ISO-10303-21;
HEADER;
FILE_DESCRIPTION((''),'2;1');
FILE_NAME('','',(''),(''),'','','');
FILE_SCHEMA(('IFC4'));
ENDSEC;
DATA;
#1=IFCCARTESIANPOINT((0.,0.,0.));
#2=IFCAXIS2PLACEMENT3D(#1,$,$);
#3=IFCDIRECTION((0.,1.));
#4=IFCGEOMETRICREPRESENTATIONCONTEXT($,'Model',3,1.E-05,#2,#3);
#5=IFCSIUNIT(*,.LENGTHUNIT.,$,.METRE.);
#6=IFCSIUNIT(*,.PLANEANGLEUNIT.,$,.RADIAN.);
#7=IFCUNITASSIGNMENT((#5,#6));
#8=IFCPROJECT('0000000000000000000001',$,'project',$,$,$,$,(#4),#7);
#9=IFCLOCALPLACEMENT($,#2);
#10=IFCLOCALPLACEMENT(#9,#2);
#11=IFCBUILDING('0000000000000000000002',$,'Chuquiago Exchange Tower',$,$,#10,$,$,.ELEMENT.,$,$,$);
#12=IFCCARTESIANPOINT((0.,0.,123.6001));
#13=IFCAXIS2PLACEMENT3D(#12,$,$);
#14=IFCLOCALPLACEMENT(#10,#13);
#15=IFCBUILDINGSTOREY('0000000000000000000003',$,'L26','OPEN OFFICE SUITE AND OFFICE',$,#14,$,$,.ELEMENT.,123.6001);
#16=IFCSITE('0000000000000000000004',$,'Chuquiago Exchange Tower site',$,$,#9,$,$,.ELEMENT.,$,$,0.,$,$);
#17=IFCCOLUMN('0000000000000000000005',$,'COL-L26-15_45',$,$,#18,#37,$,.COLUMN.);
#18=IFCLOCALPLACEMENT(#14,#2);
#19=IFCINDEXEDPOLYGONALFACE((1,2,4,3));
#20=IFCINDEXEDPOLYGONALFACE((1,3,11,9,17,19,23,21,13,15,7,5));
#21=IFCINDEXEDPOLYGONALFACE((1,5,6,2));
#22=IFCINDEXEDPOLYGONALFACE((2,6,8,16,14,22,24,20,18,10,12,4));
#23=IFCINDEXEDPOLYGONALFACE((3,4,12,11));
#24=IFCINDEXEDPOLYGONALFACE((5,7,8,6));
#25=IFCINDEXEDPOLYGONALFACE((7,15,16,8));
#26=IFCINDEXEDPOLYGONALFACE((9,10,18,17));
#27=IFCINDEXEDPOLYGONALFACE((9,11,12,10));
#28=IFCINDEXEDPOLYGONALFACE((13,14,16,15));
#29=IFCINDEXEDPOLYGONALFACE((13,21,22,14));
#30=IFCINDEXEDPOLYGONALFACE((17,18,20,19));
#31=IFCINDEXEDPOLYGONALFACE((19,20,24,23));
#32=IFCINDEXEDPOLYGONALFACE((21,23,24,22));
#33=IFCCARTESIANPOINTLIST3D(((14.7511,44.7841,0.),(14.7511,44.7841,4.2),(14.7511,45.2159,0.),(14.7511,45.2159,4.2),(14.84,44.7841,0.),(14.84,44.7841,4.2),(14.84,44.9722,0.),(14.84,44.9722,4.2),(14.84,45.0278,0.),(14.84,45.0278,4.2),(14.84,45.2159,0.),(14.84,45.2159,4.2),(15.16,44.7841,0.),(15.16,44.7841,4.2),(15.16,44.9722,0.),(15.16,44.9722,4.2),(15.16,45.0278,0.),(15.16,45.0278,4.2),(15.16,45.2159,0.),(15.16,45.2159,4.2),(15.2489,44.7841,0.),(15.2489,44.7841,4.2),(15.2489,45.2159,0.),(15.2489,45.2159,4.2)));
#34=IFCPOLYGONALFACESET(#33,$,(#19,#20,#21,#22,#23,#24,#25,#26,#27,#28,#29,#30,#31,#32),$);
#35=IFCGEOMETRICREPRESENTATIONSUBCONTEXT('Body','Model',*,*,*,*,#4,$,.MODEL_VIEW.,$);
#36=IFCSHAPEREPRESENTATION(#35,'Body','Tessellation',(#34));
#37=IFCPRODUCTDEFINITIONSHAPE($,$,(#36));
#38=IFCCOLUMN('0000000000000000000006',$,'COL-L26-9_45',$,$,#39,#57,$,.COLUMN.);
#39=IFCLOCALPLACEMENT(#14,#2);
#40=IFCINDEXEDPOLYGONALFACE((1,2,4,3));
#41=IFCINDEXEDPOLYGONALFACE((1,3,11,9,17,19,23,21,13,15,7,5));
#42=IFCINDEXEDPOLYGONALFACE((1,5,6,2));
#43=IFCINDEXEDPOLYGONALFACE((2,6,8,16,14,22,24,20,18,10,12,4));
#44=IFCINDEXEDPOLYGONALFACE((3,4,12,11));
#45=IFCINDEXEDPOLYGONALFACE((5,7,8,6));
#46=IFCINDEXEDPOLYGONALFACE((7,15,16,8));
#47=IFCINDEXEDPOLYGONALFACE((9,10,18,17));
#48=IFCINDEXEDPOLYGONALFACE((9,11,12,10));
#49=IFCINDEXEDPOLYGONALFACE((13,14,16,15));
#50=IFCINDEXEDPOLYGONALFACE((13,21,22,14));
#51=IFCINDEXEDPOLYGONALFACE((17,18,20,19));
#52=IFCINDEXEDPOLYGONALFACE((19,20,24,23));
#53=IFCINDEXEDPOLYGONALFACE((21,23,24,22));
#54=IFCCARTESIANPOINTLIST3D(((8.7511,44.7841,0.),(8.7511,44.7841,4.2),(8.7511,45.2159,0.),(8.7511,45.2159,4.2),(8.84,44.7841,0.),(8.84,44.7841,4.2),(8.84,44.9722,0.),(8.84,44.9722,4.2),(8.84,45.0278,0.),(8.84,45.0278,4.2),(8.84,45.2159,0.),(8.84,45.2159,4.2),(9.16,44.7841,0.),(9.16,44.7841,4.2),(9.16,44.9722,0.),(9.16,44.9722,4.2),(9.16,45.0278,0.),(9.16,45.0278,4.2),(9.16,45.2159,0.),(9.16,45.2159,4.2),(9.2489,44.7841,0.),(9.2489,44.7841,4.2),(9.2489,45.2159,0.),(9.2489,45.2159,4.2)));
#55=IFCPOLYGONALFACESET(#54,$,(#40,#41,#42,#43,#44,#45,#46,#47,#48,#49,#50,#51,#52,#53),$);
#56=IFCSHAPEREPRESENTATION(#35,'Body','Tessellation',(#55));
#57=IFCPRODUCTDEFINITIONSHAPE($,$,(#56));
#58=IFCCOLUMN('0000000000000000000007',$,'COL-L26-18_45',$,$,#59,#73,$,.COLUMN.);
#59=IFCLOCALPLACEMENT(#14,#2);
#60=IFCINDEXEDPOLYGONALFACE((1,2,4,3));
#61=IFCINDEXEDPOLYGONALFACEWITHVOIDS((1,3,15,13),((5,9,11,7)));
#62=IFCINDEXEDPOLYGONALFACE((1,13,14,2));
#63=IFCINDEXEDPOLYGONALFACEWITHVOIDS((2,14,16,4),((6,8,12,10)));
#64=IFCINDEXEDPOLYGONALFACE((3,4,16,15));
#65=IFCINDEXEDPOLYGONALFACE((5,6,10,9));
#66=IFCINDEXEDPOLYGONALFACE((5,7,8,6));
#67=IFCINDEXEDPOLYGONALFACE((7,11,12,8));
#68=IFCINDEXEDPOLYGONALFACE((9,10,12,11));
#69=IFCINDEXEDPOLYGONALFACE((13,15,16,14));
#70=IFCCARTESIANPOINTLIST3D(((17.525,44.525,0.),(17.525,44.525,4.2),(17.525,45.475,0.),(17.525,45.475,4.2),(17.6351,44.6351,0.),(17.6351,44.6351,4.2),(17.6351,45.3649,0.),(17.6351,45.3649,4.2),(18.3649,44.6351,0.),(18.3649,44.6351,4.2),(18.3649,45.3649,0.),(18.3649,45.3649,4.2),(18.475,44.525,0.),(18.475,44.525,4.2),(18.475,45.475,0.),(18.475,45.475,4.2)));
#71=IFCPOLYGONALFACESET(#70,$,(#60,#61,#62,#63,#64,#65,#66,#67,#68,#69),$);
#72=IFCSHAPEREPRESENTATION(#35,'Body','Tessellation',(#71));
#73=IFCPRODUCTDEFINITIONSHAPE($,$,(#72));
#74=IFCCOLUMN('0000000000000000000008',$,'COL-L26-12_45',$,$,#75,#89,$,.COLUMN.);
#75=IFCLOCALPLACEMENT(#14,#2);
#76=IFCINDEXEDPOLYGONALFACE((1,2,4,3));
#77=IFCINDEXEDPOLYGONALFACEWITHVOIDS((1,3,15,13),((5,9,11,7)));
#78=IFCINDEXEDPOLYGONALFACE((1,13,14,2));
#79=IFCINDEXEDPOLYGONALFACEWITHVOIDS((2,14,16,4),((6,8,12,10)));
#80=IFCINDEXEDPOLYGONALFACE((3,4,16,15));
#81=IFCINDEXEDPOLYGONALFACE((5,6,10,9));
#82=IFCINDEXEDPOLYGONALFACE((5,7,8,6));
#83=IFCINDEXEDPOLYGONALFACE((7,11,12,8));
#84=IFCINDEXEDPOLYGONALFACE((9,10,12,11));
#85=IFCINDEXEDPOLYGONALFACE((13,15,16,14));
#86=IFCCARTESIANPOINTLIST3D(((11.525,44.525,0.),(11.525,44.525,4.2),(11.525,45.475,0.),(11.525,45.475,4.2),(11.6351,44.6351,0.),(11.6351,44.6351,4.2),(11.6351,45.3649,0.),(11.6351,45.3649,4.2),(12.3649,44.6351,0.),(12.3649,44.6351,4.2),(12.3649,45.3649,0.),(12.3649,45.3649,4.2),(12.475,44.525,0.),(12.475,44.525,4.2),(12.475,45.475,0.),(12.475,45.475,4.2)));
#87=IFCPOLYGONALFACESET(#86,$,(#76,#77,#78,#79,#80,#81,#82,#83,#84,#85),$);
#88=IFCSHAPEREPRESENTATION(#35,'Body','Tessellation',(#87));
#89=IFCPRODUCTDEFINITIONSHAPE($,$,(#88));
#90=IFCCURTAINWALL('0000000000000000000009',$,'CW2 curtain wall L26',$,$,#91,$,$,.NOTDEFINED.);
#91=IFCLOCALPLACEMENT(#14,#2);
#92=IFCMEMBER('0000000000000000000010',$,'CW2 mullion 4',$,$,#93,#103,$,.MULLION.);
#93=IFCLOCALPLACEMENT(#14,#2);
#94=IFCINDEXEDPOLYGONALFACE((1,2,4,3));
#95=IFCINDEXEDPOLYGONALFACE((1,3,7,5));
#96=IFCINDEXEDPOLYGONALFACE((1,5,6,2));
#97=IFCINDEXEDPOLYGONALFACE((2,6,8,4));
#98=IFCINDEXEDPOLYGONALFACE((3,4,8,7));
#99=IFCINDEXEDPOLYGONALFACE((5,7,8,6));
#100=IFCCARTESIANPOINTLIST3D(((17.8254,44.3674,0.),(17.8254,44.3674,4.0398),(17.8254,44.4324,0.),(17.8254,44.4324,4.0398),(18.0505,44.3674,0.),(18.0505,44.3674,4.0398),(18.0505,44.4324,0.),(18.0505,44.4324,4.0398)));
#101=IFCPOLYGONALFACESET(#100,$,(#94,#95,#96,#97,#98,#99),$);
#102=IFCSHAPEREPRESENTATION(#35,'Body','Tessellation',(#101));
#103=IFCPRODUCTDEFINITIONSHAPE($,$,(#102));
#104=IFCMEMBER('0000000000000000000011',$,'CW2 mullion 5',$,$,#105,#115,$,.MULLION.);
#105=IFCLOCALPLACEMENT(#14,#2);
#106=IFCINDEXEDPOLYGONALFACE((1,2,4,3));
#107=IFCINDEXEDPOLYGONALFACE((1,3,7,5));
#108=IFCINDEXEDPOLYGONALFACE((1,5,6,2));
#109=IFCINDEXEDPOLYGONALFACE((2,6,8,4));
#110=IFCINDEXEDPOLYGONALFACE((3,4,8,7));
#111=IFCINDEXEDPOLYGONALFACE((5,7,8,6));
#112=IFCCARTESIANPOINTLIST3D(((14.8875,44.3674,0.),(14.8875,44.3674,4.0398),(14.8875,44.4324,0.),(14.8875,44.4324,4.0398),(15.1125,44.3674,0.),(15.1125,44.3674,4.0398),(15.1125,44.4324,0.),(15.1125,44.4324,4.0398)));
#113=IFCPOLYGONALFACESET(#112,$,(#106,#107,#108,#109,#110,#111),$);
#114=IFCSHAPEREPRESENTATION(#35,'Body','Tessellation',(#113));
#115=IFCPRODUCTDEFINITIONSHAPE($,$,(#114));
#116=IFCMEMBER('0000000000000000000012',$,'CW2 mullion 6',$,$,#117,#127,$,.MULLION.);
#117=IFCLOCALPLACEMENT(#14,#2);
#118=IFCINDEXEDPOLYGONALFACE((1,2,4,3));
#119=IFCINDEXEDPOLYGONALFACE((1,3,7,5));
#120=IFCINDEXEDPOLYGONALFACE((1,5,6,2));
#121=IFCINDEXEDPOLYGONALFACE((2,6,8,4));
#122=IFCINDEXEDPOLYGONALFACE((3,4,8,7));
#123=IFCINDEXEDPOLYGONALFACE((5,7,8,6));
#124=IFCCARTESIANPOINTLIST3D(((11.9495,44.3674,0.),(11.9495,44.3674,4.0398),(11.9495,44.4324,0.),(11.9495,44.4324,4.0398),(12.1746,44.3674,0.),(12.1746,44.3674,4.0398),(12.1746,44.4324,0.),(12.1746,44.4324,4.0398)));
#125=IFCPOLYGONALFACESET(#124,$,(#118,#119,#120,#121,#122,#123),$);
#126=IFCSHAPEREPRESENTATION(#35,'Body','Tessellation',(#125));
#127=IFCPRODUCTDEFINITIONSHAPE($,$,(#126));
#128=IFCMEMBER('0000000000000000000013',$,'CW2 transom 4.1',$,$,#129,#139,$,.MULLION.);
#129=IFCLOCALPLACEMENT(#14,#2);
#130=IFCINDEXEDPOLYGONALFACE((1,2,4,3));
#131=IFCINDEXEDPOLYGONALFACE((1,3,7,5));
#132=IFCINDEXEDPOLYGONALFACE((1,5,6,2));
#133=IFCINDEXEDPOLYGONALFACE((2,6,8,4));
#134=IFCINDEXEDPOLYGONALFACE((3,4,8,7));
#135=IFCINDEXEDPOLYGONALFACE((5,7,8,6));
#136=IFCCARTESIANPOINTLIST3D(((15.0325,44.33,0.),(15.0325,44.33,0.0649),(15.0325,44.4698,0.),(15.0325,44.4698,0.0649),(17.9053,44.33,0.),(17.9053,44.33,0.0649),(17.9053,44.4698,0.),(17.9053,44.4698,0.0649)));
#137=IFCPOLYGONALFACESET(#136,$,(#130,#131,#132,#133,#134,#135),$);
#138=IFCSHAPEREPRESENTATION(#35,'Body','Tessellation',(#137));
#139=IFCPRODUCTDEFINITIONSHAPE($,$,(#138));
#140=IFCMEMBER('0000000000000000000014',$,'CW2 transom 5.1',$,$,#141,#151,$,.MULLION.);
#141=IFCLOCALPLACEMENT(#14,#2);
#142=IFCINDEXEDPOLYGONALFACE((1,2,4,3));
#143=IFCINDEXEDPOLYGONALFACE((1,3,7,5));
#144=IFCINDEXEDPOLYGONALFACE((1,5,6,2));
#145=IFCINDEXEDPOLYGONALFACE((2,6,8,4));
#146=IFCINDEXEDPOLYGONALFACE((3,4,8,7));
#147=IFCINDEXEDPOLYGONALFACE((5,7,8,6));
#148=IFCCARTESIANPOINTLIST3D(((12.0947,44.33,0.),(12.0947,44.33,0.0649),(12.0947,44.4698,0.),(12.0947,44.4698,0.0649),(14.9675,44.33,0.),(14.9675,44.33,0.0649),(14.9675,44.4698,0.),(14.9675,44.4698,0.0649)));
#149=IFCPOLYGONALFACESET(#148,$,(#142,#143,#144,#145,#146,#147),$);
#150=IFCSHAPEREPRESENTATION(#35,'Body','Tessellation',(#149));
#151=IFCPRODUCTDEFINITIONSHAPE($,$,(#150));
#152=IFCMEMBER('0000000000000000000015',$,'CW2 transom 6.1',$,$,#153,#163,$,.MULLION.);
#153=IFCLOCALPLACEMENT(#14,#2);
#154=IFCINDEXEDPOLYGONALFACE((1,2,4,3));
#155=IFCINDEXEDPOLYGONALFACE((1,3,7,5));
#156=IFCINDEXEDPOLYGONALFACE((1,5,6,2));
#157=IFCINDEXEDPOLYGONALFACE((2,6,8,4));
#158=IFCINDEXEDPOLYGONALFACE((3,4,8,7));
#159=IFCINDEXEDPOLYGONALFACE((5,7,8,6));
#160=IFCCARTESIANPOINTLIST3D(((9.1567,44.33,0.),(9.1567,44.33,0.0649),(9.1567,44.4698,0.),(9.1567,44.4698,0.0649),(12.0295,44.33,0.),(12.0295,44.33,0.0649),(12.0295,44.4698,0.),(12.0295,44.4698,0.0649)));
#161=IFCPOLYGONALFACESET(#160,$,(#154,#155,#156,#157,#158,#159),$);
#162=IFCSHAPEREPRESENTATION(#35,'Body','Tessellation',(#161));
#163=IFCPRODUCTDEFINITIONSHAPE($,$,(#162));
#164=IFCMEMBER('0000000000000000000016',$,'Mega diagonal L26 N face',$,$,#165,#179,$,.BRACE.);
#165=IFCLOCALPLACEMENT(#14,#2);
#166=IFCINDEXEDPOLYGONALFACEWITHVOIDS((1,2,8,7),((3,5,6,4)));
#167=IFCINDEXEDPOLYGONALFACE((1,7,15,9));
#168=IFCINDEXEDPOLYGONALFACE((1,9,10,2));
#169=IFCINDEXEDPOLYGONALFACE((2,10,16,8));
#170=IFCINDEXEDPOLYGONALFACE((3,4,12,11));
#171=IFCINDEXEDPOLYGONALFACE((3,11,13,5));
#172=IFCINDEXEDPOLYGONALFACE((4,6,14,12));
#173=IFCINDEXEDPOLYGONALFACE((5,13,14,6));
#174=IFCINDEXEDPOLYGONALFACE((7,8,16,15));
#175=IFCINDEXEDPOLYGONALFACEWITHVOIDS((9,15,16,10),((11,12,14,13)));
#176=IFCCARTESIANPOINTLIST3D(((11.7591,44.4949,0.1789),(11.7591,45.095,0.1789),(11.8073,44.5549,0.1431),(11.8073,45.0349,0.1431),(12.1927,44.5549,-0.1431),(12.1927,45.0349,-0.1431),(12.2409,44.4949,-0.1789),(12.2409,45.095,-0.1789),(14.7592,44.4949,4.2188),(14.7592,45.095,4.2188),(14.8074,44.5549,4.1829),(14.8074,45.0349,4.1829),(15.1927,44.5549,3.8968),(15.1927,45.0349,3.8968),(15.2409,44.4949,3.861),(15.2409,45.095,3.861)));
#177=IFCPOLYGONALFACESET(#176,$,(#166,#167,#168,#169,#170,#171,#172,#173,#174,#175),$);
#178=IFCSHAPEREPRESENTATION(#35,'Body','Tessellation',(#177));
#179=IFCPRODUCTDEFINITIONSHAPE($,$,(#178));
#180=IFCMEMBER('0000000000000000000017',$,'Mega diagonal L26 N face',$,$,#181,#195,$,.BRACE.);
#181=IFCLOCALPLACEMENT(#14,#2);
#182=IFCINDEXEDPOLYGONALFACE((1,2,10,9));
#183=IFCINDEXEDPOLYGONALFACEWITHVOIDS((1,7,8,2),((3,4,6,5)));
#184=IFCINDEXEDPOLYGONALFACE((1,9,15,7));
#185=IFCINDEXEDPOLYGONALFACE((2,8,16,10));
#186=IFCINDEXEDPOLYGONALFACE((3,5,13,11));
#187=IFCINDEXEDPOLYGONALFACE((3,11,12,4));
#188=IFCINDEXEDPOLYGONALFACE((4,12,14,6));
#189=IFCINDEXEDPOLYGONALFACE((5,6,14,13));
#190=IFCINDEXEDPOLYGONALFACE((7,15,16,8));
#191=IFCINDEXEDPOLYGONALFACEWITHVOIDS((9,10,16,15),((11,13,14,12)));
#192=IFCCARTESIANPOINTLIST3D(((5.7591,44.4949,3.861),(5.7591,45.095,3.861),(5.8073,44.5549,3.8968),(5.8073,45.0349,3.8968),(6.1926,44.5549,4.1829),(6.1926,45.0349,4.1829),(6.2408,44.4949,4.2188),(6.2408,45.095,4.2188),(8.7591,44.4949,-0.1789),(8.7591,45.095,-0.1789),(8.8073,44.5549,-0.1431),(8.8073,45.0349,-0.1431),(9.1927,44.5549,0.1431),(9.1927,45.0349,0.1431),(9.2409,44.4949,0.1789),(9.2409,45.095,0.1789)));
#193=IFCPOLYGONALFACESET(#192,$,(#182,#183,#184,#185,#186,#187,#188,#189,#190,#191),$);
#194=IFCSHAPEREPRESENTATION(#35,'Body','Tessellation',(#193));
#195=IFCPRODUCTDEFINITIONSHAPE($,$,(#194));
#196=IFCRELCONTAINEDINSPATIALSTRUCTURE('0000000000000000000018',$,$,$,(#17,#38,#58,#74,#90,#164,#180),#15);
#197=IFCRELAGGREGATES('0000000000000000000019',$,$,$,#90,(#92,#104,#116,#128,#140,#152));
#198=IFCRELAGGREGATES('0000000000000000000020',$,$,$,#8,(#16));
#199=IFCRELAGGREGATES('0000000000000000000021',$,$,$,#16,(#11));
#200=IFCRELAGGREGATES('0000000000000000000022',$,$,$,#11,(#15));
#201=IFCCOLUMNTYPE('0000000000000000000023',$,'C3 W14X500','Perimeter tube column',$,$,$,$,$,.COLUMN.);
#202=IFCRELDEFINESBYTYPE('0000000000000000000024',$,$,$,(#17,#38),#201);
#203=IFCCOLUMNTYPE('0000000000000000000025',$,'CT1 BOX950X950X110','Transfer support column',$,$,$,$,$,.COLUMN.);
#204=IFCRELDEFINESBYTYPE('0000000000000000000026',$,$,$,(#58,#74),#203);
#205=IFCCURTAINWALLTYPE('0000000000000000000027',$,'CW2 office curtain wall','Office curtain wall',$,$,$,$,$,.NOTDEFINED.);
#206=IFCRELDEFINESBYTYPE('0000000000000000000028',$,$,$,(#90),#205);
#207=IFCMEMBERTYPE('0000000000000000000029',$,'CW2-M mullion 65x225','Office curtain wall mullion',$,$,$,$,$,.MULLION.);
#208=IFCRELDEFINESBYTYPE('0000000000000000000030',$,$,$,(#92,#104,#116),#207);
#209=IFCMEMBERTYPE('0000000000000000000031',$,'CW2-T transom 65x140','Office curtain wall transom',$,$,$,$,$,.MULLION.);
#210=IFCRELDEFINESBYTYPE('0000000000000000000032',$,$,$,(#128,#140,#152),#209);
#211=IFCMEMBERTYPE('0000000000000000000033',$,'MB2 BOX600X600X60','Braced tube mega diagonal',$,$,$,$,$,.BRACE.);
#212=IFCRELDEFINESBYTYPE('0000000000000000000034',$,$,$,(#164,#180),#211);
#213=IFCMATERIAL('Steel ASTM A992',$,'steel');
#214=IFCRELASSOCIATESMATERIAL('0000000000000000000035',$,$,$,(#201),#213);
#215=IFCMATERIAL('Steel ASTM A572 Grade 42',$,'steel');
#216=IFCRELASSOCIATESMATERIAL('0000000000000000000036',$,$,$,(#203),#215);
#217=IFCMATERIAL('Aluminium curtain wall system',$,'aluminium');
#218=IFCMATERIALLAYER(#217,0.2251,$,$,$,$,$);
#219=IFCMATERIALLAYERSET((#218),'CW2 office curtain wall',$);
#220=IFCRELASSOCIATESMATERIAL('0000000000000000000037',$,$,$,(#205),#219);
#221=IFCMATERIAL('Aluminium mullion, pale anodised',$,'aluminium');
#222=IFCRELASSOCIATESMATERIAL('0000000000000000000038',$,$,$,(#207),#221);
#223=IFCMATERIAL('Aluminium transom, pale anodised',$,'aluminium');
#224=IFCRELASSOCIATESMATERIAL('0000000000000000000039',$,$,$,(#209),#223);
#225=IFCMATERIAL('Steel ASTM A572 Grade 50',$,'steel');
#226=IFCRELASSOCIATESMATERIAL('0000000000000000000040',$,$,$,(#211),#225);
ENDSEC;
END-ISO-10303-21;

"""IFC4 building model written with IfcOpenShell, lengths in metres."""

from ifc_helpers import new_model, si_unit, direction, frame, origin, origin_2d, place, context, subcontext, project, spatial, rectangle, hollow_rectangle, i_section, extrude, material, layer, layer_set, material_profile, profile_set, type_object, element, aggregate, save


model = new_model("IFC4")

# Units and contexts
model_context = context("Model", 3, precision=1e-05, world=origin(), true_north=direction((0.0, 1.0)))
body_context = subcontext(model_context, "Body", "Model", "MODEL_VIEW")
ifc_project = project(units=[si_unit("LENGTHUNIT", "METRE"), si_unit("PLANEANGLEUNIT", "RADIAN")], contexts=[model_context])

# Site, building, storey
site_placement = place(None, origin())
site = spatial("IfcSite", under=ifc_project, at=site_placement, Name="Chuquiago Exchange Tower site", CompositionType="ELEMENT", RefElevation=0.0)
building_placement = place(site_placement, origin())
building = spatial("IfcBuilding", under=site, at=building_placement, Name="Chuquiago Exchange Tower", CompositionType="ELEMENT")
storey_placement = place(building_placement, frame((0.0, 0.0, 123.6001)))
storey = spatial("IfcBuildingStorey", under=building, at=storey_placement, Name="L26", Description="OPEN OFFICE SUITE AND OFFICE", CompositionType="ELEMENT", Elevation=123.6001)

# Columns
ifc_material_1 = material(Name="Steel ASTM A992", Category="steel")
ifc_material_profile_1 = material_profile(ifc_material_1, i_section(OverallWidth=0.4319, OverallDepth=0.4978, WebThickness=0.0557, FlangeThickness=0.0889, at=origin_2d()), Name="W14X500")
ifc_profile_set_1 = profile_set([ifc_material_profile_1], Name="Steel ASTM A992")
column_type_1 = type_object("IfcColumnType", Name="C3 W14X500", Description="Perimeter tube column", PredefinedType="COLUMN", material=ifc_profile_set_1)
for number, where, z_axis, x_axis, name in (
    (1, (15.0, 45.0, 0.0), (0.0, 0.0, 1.0), (0.0, 1.0, 0.0), "COL-L26-15_45"),
    (2, (9.0, 45.0, 0.0), (0.0, 0.0, 1.0), (0.0, 1.0, 0.0), "COL-L26-9_45"),
):
    element("IfcColumn", number, at=place(storey_placement, frame(where, z_axis=z_axis, x_axis=x_axis)), inside=storey, type_object=column_type_1, Name=name, PredefinedType="COLUMN", context=body_context, shape_type="SweptSolid", body=[
        extrude(i_section(OverallWidth=0.4319, OverallDepth=0.4978, WebThickness=0.0557, FlangeThickness=0.0889, at=origin_2d()), origin(), (0.0, 0.0, 1.0), 4.2),
    ])
ifc_material_2 = material(Name="Steel ASTM A572 Grade 42", Category="steel")
ifc_material_profile_2 = material_profile(ifc_material_2, hollow_rectangle(XDim=0.95, YDim=0.95, WallThickness=0.1101, at=origin_2d()), Name="BOX950X950X110")
ifc_profile_set_2 = profile_set([ifc_material_profile_2], Name="Steel ASTM A572 Grade 42")
column_type_2 = type_object("IfcColumnType", Name="CT1 BOX950X950X110", Description="Transfer support column", PredefinedType="COLUMN", material=ifc_profile_set_2)
for number, where, z_axis, x_axis, name in (
    (3, (18.0, 45.0, 0.0), (0.0, 0.0, 1.0), (0.0, 1.0, 0.0), "COL-L26-18_45"),
    (4, (12.0, 45.0, 0.0), (0.0, 0.0, 1.0), (0.0, 1.0, 0.0), "COL-L26-12_45"),
):
    element("IfcColumn", number, at=place(storey_placement, frame(where, z_axis=z_axis, x_axis=x_axis)), inside=storey, type_object=column_type_2, Name=name, PredefinedType="COLUMN", context=body_context, shape_type="SweptSolid", body=[
        extrude(hollow_rectangle(XDim=0.95, YDim=0.95, WallThickness=0.1101, at=origin_2d()), origin(), (0.0, 0.0, 1.0), 4.2),
    ])

# Curtain wall, members
ifc_material_3 = material(Name="Aluminium curtain wall system", Category="aluminium")
ifc_layer_1 = layer(ifc_material_3, 0.2251)
ifc_layer_set_1 = layer_set([ifc_layer_1], Name="CW2 office curtain wall")
curtain_wall_type = type_object("IfcCurtainWallType", Name="CW2 office curtain wall", Description="Office curtain wall", PredefinedType="NOTDEFINED", material=ifc_layer_set_1)
curtain_wall_placement = place(storey_placement, origin())
curtain_wall = element("IfcCurtainWall", 5, at=curtain_wall_placement, inside=storey, type_object=curtain_wall_type, Name="CW2 curtain wall L26", PredefinedType="NOTDEFINED")
ifc_material_4 = material(Name="Aluminium mullion, pale anodised", Category="aluminium")
ifc_material_profile_3 = material_profile(ifc_material_4, rectangle(XDim=0.0649, YDim=0.2251, at=origin_2d()), Name="AL 65x225")
ifc_profile_set_3 = profile_set([ifc_material_profile_3], Name="Aluminium mullion, pale anodised")
member_type_1 = type_object("IfcMemberType", Name="CW2-M mullion 65x225", Description="Office curtain wall mullion", PredefinedType="MULLION", material=ifc_profile_set_3)
member_1_placement = place(storey_placement, frame((17.938, 44.3999, 0.0), z_axis=(0.0, 0.0, 1.0), x_axis=(0.0, -1.0, 0.0)))
member_1 = element("IfcMember", 6, at=member_1_placement, type_object=member_type_1, Name="CW2 mullion 4", PredefinedType="MULLION", context=body_context, shape_type="SweptSolid", body=[
    extrude(rectangle(XDim=0.0649, YDim=0.2251, at=origin_2d()), origin(), (0.0, 0.0, 1.0), 4.0398),
])
member_2_placement = place(storey_placement, frame((15.0, 44.3999, 0.0), z_axis=(0.0, 0.0, 1.0), x_axis=(0.0, -1.0, 0.0)))
member_2 = element("IfcMember", 7, at=member_2_placement, type_object=member_type_1, Name="CW2 mullion 5", PredefinedType="MULLION", context=body_context, shape_type="SweptSolid", body=[
    extrude(rectangle(XDim=0.0649, YDim=0.2251, at=origin_2d()), origin(), (0.0, 0.0, 1.0), 4.0398),
])
member_3_placement = place(storey_placement, frame((12.062, 44.3999, 0.0), z_axis=(0.0, 0.0, 1.0), x_axis=(0.0, -1.0, 0.0)))
member_3 = element("IfcMember", 8, at=member_3_placement, type_object=member_type_1, Name="CW2 mullion 6", PredefinedType="MULLION", context=body_context, shape_type="SweptSolid", body=[
    extrude(rectangle(XDim=0.0649, YDim=0.2251, at=origin_2d()), origin(), (0.0, 0.0, 1.0), 4.0398),
])
ifc_material_5 = material(Name="Aluminium transom, pale anodised", Category="aluminium")
ifc_material_profile_4 = material_profile(ifc_material_5, rectangle(XDim=0.1399, YDim=0.0649, at=origin_2d()), Name="AL 140x65")
ifc_profile_set_4 = profile_set([ifc_material_profile_4], Name="Aluminium transom, pale anodised")
member_type_2 = type_object("IfcMemberType", Name="CW2-T transom 65x140", Description="Office curtain wall transom", PredefinedType="MULLION", material=ifc_profile_set_4)
member_4_placement = place(storey_placement, frame((17.9053, 44.3999, 0.0325), z_axis=(-1.0, 0.0, 0.0), x_axis=(0.0, -1.0, 0.0)))
member_4 = element("IfcMember", 9, at=member_4_placement, type_object=member_type_2, Name="CW2 transom 4.1", PredefinedType="MULLION", context=body_context, shape_type="SweptSolid", body=[
    extrude(rectangle(XDim=0.1399, YDim=0.0649, at=origin_2d()), origin(), (0.0, 0.0, 1.0), 2.8728),
])
member_5_placement = place(storey_placement, frame((14.9675, 44.3999, 0.0325), z_axis=(-1.0, 0.0, 0.0), x_axis=(0.0, -1.0, 0.0)))
member_5 = element("IfcMember", 10, at=member_5_placement, type_object=member_type_2, Name="CW2 transom 5.1", PredefinedType="MULLION", context=body_context, shape_type="SweptSolid", body=[
    extrude(rectangle(XDim=0.1399, YDim=0.0649, at=origin_2d()), origin(), (0.0, 0.0, 1.0), 2.8728),
])
member_6_placement = place(storey_placement, frame((12.0295, 44.3999, 0.0325), z_axis=(-1.0, 0.0, 0.0), x_axis=(0.0, -1.0, 0.0)))
member_6 = element("IfcMember", 11, at=member_6_placement, type_object=member_type_2, Name="CW2 transom 6.1", PredefinedType="MULLION", context=body_context, shape_type="SweptSolid", body=[
    extrude(rectangle(XDim=0.1399, YDim=0.0649, at=origin_2d()), origin(), (0.0, 0.0, 1.0), 2.8728),
])

# Members
ifc_material_6 = material(Name="Steel ASTM A572 Grade 50", Category="steel")
ifc_material_profile_5 = material_profile(ifc_material_6, hollow_rectangle(XDim=0.6001, YDim=0.6001, WallThickness=0.0601, at=origin_2d()), Name="BOX600X600X60")
ifc_profile_set_5 = profile_set([ifc_material_profile_5], Name="Steel ASTM A572 Grade 50")
member_type_3 = type_object("IfcMemberType", Name="MB2 BOX600X600X60", Description="Braced tube mega diagonal", PredefinedType="BRACE", material=ifc_profile_set_5)
for number, where, z_axis, x_axis, name in (
    (12, (12.0, 44.7949, 0.0), (0.596197, 0.0, 0.802838), (0.0, 1.0, 0.0), "Mega diagonal L26 N face"),
    (13, (9.0, 44.7949, 0.0), (-0.596197, 0.0, 0.802838), (0.0, -1.0, 0.0), "Mega diagonal L26 N face"),
):
    element("IfcMember", number, at=place(storey_placement, frame(where, z_axis=z_axis, x_axis=x_axis)), inside=storey, type_object=member_type_3, Name=name, PredefinedType="BRACE", context=body_context, shape_type="SweptSolid", body=[
        extrude(hollow_rectangle(XDim=0.6001, YDim=0.6001, WallThickness=0.0601, at=origin_2d()), origin(), (0.0, 0.0, 1.0), 5.032),
    ])

aggregate(curtain_wall, [member_1, member_2, member_3, member_4, member_5, member_6])

save(model, "model.ifc")
